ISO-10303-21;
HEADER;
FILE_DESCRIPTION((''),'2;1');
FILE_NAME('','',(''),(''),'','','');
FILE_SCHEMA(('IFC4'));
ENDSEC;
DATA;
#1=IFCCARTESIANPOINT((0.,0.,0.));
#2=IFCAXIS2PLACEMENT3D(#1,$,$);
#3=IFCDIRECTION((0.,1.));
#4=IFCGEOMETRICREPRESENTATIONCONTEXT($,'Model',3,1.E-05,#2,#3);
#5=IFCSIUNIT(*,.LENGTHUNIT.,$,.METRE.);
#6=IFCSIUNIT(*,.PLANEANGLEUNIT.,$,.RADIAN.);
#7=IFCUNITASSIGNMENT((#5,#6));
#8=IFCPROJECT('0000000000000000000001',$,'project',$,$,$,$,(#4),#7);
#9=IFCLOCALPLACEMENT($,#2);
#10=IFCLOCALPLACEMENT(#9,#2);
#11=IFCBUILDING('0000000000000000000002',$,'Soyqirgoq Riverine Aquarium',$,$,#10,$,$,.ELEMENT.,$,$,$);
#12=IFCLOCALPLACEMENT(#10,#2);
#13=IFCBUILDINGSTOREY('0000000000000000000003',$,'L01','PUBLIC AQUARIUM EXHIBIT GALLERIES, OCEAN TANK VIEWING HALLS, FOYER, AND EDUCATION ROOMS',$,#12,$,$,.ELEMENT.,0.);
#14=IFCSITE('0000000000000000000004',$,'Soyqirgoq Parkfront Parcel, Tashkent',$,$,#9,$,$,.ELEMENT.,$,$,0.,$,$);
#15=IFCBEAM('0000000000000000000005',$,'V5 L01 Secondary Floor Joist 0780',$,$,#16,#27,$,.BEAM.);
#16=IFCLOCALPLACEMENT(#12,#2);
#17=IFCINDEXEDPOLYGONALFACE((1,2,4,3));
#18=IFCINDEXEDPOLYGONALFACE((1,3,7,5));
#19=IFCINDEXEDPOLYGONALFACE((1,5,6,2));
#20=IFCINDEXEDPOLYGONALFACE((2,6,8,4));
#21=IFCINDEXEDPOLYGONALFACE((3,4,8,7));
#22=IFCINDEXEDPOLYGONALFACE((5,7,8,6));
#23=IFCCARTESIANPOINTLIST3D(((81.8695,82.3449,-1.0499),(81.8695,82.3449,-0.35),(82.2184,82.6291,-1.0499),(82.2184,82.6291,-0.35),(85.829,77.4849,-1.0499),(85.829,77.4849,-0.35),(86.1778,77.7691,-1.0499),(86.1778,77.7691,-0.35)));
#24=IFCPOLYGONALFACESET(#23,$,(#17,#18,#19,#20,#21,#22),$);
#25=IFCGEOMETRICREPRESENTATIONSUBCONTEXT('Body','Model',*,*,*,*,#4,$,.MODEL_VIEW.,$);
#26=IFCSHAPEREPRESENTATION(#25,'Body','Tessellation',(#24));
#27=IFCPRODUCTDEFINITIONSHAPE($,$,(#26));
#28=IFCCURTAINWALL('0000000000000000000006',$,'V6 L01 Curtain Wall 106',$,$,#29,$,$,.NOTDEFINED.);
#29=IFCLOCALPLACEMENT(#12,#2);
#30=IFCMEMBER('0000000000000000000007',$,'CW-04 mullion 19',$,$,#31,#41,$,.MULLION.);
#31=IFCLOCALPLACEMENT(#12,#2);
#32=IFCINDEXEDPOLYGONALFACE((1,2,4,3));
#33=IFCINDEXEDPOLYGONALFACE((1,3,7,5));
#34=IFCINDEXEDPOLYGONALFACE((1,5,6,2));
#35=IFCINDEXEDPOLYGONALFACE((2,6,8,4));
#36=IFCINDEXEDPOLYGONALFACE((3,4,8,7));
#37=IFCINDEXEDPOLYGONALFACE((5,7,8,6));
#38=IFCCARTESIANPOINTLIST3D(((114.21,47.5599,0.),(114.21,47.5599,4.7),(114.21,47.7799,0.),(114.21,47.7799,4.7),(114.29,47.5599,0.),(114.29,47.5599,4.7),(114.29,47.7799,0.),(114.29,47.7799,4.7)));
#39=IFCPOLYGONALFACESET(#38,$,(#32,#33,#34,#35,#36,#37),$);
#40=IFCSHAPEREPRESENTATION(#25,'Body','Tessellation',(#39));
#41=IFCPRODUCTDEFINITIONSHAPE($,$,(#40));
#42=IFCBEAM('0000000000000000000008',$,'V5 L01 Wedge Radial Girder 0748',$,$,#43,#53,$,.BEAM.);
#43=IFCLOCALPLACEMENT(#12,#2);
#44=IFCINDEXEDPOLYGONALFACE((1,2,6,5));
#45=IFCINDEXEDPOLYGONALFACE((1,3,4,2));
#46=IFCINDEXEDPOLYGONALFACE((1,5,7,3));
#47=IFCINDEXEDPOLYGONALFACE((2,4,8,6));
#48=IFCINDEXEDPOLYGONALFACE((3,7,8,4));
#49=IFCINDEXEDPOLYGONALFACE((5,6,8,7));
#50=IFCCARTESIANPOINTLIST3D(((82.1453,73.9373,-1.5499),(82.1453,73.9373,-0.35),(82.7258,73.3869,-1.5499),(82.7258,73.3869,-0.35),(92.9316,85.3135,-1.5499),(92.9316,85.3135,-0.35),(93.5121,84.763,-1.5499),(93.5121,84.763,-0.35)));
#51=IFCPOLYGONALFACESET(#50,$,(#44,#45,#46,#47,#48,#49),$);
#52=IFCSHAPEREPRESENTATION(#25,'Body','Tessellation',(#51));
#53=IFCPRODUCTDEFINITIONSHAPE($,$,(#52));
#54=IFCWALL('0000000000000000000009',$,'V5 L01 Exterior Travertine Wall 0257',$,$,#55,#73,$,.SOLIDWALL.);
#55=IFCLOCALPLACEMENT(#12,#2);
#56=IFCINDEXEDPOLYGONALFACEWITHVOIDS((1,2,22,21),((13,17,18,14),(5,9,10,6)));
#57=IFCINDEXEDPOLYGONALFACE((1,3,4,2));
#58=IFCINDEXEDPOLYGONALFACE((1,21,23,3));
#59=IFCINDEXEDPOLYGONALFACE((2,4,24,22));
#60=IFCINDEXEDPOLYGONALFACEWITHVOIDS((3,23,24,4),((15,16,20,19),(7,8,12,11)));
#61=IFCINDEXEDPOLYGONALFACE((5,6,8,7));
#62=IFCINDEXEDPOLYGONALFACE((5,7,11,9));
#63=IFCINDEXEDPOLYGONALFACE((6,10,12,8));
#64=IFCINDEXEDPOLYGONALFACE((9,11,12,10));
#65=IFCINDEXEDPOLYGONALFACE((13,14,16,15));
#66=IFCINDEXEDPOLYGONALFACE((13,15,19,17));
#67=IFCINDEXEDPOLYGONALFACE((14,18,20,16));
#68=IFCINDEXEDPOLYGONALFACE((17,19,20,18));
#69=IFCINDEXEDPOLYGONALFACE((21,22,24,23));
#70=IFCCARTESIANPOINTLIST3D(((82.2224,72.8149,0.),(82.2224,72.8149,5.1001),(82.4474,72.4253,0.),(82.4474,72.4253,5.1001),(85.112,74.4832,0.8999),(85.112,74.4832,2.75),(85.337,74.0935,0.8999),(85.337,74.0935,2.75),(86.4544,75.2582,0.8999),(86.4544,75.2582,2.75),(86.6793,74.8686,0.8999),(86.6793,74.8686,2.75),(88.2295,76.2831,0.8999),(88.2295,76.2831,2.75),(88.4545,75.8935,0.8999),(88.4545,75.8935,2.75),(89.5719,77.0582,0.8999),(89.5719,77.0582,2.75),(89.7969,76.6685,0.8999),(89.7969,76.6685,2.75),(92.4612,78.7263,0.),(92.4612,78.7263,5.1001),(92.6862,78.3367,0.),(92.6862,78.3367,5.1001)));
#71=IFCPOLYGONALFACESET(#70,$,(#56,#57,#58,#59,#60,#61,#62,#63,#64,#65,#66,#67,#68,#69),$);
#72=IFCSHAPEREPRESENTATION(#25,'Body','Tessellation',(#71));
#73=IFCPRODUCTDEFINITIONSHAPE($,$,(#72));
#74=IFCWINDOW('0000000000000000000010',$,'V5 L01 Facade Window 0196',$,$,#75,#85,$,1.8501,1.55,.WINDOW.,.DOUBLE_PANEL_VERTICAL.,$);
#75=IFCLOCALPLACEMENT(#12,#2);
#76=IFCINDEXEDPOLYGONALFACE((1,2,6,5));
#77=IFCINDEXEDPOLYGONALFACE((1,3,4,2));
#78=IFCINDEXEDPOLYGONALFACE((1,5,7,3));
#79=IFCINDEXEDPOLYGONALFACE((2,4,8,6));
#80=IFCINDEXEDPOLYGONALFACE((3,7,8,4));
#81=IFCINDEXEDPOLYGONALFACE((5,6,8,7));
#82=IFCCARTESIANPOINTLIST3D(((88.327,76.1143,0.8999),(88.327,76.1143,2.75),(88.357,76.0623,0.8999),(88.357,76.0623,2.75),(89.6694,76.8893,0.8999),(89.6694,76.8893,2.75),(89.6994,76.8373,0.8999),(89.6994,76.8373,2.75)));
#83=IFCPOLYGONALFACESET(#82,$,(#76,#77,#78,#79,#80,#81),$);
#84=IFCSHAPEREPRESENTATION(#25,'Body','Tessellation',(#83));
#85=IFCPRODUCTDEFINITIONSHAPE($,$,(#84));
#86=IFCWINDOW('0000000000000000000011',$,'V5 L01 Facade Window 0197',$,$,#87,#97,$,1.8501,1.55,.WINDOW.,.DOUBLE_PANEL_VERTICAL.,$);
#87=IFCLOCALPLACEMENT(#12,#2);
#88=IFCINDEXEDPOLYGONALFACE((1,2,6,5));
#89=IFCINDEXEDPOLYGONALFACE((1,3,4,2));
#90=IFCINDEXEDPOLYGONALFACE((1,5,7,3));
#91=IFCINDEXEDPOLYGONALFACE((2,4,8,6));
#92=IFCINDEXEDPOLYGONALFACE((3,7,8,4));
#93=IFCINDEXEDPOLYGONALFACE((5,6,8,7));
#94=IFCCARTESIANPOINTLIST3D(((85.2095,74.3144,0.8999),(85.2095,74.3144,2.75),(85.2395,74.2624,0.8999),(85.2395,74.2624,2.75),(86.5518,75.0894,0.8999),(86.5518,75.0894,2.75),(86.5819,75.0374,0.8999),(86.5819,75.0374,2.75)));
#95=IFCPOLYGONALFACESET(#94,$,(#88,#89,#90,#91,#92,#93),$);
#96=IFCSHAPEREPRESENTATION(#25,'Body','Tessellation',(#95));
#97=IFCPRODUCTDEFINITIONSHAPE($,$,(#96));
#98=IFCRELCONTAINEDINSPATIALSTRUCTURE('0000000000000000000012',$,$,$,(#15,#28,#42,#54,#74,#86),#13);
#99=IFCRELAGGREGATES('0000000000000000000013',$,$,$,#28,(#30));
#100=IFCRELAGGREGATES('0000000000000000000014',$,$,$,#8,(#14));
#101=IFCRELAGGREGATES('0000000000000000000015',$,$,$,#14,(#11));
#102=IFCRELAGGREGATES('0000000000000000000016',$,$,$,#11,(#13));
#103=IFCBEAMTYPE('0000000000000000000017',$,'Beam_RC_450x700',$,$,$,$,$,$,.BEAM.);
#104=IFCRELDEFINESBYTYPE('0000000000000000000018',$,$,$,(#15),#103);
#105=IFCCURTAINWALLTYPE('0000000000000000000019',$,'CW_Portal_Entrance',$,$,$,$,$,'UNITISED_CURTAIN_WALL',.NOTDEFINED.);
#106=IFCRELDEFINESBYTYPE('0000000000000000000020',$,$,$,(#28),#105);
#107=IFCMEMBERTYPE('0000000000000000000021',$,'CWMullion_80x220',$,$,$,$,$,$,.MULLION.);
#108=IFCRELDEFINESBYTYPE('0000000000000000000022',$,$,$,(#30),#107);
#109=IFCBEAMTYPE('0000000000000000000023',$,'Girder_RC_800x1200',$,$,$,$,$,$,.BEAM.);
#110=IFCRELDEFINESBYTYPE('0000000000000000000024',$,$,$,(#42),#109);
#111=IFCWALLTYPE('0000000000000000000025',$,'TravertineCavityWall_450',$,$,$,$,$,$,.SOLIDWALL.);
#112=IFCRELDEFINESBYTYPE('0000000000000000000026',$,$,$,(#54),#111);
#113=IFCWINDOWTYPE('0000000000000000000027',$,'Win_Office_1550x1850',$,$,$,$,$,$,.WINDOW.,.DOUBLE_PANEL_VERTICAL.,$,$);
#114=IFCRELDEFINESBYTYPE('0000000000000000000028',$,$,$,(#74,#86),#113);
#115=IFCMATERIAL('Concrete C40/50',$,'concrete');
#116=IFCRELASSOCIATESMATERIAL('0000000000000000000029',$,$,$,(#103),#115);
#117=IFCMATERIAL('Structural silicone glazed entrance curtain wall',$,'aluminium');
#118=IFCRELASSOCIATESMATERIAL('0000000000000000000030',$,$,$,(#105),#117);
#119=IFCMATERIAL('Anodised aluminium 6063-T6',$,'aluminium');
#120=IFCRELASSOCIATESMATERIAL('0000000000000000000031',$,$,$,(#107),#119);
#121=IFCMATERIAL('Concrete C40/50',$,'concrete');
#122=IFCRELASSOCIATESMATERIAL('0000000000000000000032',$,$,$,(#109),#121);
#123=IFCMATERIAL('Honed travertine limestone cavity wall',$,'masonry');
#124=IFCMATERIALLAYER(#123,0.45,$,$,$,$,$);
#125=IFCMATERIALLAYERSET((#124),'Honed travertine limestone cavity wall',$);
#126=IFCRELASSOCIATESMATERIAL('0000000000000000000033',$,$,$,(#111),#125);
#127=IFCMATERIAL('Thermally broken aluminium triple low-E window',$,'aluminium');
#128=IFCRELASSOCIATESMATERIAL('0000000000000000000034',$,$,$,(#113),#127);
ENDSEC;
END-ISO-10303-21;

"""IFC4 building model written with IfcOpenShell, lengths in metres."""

from ifc_helpers import new_model, si_unit, direction, frame, frame_2d, origin, origin_2d, place, context, subcontext, project, spatial, rectangle, extrude, material, layer, layer_set, material_profile, profile_set, type_object, element, fill, aggregate, save


model = new_model("IFC4")

# Units and contexts
model_context = context("Model", 3, precision=1e-05, world=origin(), true_north=direction((0.0, 1.0)))
body_context = subcontext(model_context, "Body", "Model", "MODEL_VIEW")
ifc_project = project(units=[si_unit("LENGTHUNIT", "METRE"), si_unit("PLANEANGLEUNIT", "RADIAN")], contexts=[model_context])

# Site, building, storey
site_placement = place(None, origin())
site = spatial("IfcSite", under=ifc_project, at=site_placement, Name="Soyqirgoq Parkfront Parcel, Tashkent", CompositionType="ELEMENT", RefElevation=0.0)
building_placement = place(site_placement, origin())
building = spatial("IfcBuilding", under=site, at=building_placement, Name="Soyqirgoq Riverine Aquarium", CompositionType="ELEMENT")
storey_placement = place(building_placement, origin())
storey = spatial("IfcBuildingStorey", under=building, at=storey_placement, Name="L01", Description="PUBLIC AQUARIUM EXHIBIT GALLERIES, OCEAN TANK VIEWING HALLS, FOYER, AND EDUCATION ROOMS", CompositionType="ELEMENT", Elevation=0.0)

# Beam
ifc_material_1 = material(Name="Concrete C40/50", Category="concrete")
ifc_material_profile_1 = material_profile(ifc_material_1, rectangle(XDim=0.45, YDim=0.7, at=origin_2d()), Name="RC 450x700")
ifc_profile_set_1 = profile_set([ifc_material_profile_1], Name="Concrete C40/50")
beam_type_1 = type_object("IfcBeamType", Name="Beam_RC_450x700", PredefinedType="BEAM", material=ifc_profile_set_1)
beam_1_placement = place(storey_placement, frame((86.0034, 77.627, -0.7), z_axis=(-0.631614, 0.775283, 0.0), x_axis=(-0.775283, -0.631614, 0.0)))
element("IfcBeam", 1, at=beam_1_placement, inside=storey, type_object=beam_type_1, Name="V5 L01 Secondary Floor Joist 0780", PredefinedType="BEAM", context=body_context, shape_type="SweptSolid", body=[
    extrude(rectangle(XDim=0.45, YDim=0.7, at=origin_2d()), origin(), (0.0, 0.0, 1.0), 6.2688),
])

# Curtain wall, member
ifc_material_2 = material(Name="Structural silicone glazed entrance curtain wall", Category="aluminium")
curtain_wall_type = type_object("IfcCurtainWallType", Name="CW_Portal_Entrance", ElementType="UNITISED_CURTAIN_WALL", PredefinedType="NOTDEFINED", material=ifc_material_2)
curtain_wall_placement = place(storey_placement, origin())
curtain_wall = element("IfcCurtainWall", 2, at=curtain_wall_placement, inside=storey, type_object=curtain_wall_type, Name="V6 L01 Curtain Wall 106", PredefinedType="NOTDEFINED")
ifc_material_3 = material(Name="Anodised aluminium 6063-T6", Category="aluminium")
ifc_material_profile_2 = material_profile(ifc_material_3, rectangle(XDim=0.0801, YDim=0.22, at=origin_2d()), Name="ALU-M 80x220")
ifc_profile_set_2 = profile_set([ifc_material_profile_2], Name="Anodised aluminium 6063-T6")
member_type = type_object("IfcMemberType", Name="CWMullion_80x220", PredefinedType="MULLION", material=ifc_profile_set_2)
member_placement = place(storey_placement, frame((114.25, 47.6699, 0.0), z_axis=(0.0, 0.0, 1.0), x_axis=(-1.0, 0.0, 0.0)))
member = element("IfcMember", 3, at=member_placement, type_object=member_type, Name="CW-04 mullion 19", PredefinedType="MULLION", context=body_context, shape_type="SweptSolid", body=[
    extrude(rectangle(XDim=0.0801, YDim=0.22, at=origin_2d()), origin(), (0.0, 0.0, 1.0), 4.7),
])
aggregate(curtain_wall, [member])

# Beam
ifc_material_4 = material(Name="Concrete C40/50", Category="concrete")
ifc_material_profile_3 = material_profile(ifc_material_4, rectangle(XDim=0.8, YDim=1.2, at=origin_2d()), Name="RC 800x1200")
ifc_profile_set_3 = profile_set([ifc_material_profile_3], Name="Concrete C40/50")
beam_type_2 = type_object("IfcBeamType", Name="Girder_RC_800x1200", PredefinedType="BEAM", material=ifc_profile_set_3)
beam_2_placement = place(storey_placement, frame((82.4355, 73.6621, -0.95), z_axis=(0.688044, 0.725669, 0.0), x_axis=(-0.725669, 0.688044, 0.0)))
element("IfcBeam", 4, at=beam_2_placement, inside=storey, type_object=beam_type_2, Name="V5 L01 Wedge Radial Girder 0748", PredefinedType="BEAM", context=body_context, shape_type="SweptSolid", body=[
    extrude(rectangle(XDim=0.8, YDim=1.2, at=origin_2d()), origin(), (0.0, 0.0, 1.0), 15.6768),
])

# Wall, openings, windows
ifc_material_5 = material(Name="Honed travertine limestone cavity wall", Category="masonry")
ifc_layer_1 = layer(ifc_material_5, 0.45)
ifc_layer_set_1 = layer_set([ifc_layer_1], Name="Honed travertine limestone cavity wall")
wall_type_1 = type_object("IfcWallType", Name="TravertineCavityWall_450", PredefinedType="SOLIDWALL", material=ifc_layer_set_1)
wall_1_placement = place(storey_placement, frame((92.5737, 78.5315, 0.0), z_axis=(0.0, 0.0, 1.0), x_axis=(-0.866025, -0.500001, 0.0)))
wall_1 = element("IfcWall", 5, at=wall_1_placement, inside=storey, type_object=wall_type_1, Name="V5 L01 Exterior Travertine Wall 0257", PredefinedType="SOLIDWALL", context=body_context, shape_type="SweptSolid", body=[
    extrude(rectangle(XDim=11.8228, YDim=0.45, at=frame_2d((5.9114, 0.0))), origin(), (0.0, 0.0, 1.0), 5.1001),
])
opening_1_placement = place(wall_1_placement, frame((3.3364, 0.0, 0.8999)))
opening_1 = element("IfcOpeningElement", 6, at=opening_1_placement, cuts=wall_1, PredefinedType="OPENING", context=body_context, shape_type="SweptSolid", body=[
    extrude(rectangle(XDim=1.55, YDim=1.8501, at=frame_2d((0.7749, 0.925))), frame((0.0, 0.2349, 0.0), z_axis=(0.0, -1.0, 0.0), x_axis=(1.0, 0.0, 0.0)), (0.0, 0.0, 1.0), 0.47),
])
opening_2_placement = place(wall_1_placement, frame((6.9363, 0.0, 0.8999)))
opening_2 = element("IfcOpeningElement", 7, at=opening_2_placement, cuts=wall_1, PredefinedType="OPENING", context=body_context, shape_type="SweptSolid", body=[
    extrude(rectangle(XDim=1.55, YDim=1.8501, at=frame_2d((0.7749, 0.925))), frame((0.0, 0.2349, 0.0), z_axis=(0.0, -1.0, 0.0), x_axis=(1.0, 0.0, 0.0)), (0.0, 0.0, 1.0), 0.47),
])
ifc_material_6 = material(Name="Thermally broken aluminium triple low-E window", Category="aluminium")
window_type_1 = type_object("IfcWindowType", Name="Win_Office_1550x1850", PartitioningType="DOUBLE_PANEL_VERTICAL", PredefinedType="WINDOW", material=ifc_material_6)
window_1_placement = place(opening_1_placement, origin())
window_1 = element("IfcWindow", 8, at=window_1_placement, inside=storey, type_object=window_type_1, Name="V5 L01 Facade Window 0196", OverallHeight=1.8501, OverallWidth=1.55, PartitioningType="DOUBLE_PANEL_VERTICAL", PredefinedType="WINDOW", context=body_context, shape_type="SweptSolid", body=[
    extrude(rectangle(XDim=1.55, YDim=1.8501, at=frame_2d((0.7749, 0.925))), frame((0.0, 0.03, 0.0), z_axis=(0.0, -1.0, 0.0), x_axis=(1.0, 0.0, 0.0)), (0.0, 0.0, 1.0), 0.0601),
])
fill(opening_1, window_1)
window_2_placement = place(opening_2_placement, origin())
window_2 = element("IfcWindow", 9, at=window_2_placement, inside=storey, type_object=window_type_1, Name="V5 L01 Facade Window 0197", OverallHeight=1.8501, OverallWidth=1.55, PartitioningType="DOUBLE_PANEL_VERTICAL", PredefinedType="WINDOW", context=body_context, shape_type="SweptSolid", body=[
    extrude(rectangle(XDim=1.55, YDim=1.8501, at=frame_2d((0.7749, 0.925))), frame((0.0, 0.03, 0.0), z_axis=(0.0, -1.0, 0.0), x_axis=(1.0, 0.0, 0.0)), (0.0, 0.0, 1.0), 0.0601),
])
fill(opening_2, window_2)

save(model, "model.ifc")
